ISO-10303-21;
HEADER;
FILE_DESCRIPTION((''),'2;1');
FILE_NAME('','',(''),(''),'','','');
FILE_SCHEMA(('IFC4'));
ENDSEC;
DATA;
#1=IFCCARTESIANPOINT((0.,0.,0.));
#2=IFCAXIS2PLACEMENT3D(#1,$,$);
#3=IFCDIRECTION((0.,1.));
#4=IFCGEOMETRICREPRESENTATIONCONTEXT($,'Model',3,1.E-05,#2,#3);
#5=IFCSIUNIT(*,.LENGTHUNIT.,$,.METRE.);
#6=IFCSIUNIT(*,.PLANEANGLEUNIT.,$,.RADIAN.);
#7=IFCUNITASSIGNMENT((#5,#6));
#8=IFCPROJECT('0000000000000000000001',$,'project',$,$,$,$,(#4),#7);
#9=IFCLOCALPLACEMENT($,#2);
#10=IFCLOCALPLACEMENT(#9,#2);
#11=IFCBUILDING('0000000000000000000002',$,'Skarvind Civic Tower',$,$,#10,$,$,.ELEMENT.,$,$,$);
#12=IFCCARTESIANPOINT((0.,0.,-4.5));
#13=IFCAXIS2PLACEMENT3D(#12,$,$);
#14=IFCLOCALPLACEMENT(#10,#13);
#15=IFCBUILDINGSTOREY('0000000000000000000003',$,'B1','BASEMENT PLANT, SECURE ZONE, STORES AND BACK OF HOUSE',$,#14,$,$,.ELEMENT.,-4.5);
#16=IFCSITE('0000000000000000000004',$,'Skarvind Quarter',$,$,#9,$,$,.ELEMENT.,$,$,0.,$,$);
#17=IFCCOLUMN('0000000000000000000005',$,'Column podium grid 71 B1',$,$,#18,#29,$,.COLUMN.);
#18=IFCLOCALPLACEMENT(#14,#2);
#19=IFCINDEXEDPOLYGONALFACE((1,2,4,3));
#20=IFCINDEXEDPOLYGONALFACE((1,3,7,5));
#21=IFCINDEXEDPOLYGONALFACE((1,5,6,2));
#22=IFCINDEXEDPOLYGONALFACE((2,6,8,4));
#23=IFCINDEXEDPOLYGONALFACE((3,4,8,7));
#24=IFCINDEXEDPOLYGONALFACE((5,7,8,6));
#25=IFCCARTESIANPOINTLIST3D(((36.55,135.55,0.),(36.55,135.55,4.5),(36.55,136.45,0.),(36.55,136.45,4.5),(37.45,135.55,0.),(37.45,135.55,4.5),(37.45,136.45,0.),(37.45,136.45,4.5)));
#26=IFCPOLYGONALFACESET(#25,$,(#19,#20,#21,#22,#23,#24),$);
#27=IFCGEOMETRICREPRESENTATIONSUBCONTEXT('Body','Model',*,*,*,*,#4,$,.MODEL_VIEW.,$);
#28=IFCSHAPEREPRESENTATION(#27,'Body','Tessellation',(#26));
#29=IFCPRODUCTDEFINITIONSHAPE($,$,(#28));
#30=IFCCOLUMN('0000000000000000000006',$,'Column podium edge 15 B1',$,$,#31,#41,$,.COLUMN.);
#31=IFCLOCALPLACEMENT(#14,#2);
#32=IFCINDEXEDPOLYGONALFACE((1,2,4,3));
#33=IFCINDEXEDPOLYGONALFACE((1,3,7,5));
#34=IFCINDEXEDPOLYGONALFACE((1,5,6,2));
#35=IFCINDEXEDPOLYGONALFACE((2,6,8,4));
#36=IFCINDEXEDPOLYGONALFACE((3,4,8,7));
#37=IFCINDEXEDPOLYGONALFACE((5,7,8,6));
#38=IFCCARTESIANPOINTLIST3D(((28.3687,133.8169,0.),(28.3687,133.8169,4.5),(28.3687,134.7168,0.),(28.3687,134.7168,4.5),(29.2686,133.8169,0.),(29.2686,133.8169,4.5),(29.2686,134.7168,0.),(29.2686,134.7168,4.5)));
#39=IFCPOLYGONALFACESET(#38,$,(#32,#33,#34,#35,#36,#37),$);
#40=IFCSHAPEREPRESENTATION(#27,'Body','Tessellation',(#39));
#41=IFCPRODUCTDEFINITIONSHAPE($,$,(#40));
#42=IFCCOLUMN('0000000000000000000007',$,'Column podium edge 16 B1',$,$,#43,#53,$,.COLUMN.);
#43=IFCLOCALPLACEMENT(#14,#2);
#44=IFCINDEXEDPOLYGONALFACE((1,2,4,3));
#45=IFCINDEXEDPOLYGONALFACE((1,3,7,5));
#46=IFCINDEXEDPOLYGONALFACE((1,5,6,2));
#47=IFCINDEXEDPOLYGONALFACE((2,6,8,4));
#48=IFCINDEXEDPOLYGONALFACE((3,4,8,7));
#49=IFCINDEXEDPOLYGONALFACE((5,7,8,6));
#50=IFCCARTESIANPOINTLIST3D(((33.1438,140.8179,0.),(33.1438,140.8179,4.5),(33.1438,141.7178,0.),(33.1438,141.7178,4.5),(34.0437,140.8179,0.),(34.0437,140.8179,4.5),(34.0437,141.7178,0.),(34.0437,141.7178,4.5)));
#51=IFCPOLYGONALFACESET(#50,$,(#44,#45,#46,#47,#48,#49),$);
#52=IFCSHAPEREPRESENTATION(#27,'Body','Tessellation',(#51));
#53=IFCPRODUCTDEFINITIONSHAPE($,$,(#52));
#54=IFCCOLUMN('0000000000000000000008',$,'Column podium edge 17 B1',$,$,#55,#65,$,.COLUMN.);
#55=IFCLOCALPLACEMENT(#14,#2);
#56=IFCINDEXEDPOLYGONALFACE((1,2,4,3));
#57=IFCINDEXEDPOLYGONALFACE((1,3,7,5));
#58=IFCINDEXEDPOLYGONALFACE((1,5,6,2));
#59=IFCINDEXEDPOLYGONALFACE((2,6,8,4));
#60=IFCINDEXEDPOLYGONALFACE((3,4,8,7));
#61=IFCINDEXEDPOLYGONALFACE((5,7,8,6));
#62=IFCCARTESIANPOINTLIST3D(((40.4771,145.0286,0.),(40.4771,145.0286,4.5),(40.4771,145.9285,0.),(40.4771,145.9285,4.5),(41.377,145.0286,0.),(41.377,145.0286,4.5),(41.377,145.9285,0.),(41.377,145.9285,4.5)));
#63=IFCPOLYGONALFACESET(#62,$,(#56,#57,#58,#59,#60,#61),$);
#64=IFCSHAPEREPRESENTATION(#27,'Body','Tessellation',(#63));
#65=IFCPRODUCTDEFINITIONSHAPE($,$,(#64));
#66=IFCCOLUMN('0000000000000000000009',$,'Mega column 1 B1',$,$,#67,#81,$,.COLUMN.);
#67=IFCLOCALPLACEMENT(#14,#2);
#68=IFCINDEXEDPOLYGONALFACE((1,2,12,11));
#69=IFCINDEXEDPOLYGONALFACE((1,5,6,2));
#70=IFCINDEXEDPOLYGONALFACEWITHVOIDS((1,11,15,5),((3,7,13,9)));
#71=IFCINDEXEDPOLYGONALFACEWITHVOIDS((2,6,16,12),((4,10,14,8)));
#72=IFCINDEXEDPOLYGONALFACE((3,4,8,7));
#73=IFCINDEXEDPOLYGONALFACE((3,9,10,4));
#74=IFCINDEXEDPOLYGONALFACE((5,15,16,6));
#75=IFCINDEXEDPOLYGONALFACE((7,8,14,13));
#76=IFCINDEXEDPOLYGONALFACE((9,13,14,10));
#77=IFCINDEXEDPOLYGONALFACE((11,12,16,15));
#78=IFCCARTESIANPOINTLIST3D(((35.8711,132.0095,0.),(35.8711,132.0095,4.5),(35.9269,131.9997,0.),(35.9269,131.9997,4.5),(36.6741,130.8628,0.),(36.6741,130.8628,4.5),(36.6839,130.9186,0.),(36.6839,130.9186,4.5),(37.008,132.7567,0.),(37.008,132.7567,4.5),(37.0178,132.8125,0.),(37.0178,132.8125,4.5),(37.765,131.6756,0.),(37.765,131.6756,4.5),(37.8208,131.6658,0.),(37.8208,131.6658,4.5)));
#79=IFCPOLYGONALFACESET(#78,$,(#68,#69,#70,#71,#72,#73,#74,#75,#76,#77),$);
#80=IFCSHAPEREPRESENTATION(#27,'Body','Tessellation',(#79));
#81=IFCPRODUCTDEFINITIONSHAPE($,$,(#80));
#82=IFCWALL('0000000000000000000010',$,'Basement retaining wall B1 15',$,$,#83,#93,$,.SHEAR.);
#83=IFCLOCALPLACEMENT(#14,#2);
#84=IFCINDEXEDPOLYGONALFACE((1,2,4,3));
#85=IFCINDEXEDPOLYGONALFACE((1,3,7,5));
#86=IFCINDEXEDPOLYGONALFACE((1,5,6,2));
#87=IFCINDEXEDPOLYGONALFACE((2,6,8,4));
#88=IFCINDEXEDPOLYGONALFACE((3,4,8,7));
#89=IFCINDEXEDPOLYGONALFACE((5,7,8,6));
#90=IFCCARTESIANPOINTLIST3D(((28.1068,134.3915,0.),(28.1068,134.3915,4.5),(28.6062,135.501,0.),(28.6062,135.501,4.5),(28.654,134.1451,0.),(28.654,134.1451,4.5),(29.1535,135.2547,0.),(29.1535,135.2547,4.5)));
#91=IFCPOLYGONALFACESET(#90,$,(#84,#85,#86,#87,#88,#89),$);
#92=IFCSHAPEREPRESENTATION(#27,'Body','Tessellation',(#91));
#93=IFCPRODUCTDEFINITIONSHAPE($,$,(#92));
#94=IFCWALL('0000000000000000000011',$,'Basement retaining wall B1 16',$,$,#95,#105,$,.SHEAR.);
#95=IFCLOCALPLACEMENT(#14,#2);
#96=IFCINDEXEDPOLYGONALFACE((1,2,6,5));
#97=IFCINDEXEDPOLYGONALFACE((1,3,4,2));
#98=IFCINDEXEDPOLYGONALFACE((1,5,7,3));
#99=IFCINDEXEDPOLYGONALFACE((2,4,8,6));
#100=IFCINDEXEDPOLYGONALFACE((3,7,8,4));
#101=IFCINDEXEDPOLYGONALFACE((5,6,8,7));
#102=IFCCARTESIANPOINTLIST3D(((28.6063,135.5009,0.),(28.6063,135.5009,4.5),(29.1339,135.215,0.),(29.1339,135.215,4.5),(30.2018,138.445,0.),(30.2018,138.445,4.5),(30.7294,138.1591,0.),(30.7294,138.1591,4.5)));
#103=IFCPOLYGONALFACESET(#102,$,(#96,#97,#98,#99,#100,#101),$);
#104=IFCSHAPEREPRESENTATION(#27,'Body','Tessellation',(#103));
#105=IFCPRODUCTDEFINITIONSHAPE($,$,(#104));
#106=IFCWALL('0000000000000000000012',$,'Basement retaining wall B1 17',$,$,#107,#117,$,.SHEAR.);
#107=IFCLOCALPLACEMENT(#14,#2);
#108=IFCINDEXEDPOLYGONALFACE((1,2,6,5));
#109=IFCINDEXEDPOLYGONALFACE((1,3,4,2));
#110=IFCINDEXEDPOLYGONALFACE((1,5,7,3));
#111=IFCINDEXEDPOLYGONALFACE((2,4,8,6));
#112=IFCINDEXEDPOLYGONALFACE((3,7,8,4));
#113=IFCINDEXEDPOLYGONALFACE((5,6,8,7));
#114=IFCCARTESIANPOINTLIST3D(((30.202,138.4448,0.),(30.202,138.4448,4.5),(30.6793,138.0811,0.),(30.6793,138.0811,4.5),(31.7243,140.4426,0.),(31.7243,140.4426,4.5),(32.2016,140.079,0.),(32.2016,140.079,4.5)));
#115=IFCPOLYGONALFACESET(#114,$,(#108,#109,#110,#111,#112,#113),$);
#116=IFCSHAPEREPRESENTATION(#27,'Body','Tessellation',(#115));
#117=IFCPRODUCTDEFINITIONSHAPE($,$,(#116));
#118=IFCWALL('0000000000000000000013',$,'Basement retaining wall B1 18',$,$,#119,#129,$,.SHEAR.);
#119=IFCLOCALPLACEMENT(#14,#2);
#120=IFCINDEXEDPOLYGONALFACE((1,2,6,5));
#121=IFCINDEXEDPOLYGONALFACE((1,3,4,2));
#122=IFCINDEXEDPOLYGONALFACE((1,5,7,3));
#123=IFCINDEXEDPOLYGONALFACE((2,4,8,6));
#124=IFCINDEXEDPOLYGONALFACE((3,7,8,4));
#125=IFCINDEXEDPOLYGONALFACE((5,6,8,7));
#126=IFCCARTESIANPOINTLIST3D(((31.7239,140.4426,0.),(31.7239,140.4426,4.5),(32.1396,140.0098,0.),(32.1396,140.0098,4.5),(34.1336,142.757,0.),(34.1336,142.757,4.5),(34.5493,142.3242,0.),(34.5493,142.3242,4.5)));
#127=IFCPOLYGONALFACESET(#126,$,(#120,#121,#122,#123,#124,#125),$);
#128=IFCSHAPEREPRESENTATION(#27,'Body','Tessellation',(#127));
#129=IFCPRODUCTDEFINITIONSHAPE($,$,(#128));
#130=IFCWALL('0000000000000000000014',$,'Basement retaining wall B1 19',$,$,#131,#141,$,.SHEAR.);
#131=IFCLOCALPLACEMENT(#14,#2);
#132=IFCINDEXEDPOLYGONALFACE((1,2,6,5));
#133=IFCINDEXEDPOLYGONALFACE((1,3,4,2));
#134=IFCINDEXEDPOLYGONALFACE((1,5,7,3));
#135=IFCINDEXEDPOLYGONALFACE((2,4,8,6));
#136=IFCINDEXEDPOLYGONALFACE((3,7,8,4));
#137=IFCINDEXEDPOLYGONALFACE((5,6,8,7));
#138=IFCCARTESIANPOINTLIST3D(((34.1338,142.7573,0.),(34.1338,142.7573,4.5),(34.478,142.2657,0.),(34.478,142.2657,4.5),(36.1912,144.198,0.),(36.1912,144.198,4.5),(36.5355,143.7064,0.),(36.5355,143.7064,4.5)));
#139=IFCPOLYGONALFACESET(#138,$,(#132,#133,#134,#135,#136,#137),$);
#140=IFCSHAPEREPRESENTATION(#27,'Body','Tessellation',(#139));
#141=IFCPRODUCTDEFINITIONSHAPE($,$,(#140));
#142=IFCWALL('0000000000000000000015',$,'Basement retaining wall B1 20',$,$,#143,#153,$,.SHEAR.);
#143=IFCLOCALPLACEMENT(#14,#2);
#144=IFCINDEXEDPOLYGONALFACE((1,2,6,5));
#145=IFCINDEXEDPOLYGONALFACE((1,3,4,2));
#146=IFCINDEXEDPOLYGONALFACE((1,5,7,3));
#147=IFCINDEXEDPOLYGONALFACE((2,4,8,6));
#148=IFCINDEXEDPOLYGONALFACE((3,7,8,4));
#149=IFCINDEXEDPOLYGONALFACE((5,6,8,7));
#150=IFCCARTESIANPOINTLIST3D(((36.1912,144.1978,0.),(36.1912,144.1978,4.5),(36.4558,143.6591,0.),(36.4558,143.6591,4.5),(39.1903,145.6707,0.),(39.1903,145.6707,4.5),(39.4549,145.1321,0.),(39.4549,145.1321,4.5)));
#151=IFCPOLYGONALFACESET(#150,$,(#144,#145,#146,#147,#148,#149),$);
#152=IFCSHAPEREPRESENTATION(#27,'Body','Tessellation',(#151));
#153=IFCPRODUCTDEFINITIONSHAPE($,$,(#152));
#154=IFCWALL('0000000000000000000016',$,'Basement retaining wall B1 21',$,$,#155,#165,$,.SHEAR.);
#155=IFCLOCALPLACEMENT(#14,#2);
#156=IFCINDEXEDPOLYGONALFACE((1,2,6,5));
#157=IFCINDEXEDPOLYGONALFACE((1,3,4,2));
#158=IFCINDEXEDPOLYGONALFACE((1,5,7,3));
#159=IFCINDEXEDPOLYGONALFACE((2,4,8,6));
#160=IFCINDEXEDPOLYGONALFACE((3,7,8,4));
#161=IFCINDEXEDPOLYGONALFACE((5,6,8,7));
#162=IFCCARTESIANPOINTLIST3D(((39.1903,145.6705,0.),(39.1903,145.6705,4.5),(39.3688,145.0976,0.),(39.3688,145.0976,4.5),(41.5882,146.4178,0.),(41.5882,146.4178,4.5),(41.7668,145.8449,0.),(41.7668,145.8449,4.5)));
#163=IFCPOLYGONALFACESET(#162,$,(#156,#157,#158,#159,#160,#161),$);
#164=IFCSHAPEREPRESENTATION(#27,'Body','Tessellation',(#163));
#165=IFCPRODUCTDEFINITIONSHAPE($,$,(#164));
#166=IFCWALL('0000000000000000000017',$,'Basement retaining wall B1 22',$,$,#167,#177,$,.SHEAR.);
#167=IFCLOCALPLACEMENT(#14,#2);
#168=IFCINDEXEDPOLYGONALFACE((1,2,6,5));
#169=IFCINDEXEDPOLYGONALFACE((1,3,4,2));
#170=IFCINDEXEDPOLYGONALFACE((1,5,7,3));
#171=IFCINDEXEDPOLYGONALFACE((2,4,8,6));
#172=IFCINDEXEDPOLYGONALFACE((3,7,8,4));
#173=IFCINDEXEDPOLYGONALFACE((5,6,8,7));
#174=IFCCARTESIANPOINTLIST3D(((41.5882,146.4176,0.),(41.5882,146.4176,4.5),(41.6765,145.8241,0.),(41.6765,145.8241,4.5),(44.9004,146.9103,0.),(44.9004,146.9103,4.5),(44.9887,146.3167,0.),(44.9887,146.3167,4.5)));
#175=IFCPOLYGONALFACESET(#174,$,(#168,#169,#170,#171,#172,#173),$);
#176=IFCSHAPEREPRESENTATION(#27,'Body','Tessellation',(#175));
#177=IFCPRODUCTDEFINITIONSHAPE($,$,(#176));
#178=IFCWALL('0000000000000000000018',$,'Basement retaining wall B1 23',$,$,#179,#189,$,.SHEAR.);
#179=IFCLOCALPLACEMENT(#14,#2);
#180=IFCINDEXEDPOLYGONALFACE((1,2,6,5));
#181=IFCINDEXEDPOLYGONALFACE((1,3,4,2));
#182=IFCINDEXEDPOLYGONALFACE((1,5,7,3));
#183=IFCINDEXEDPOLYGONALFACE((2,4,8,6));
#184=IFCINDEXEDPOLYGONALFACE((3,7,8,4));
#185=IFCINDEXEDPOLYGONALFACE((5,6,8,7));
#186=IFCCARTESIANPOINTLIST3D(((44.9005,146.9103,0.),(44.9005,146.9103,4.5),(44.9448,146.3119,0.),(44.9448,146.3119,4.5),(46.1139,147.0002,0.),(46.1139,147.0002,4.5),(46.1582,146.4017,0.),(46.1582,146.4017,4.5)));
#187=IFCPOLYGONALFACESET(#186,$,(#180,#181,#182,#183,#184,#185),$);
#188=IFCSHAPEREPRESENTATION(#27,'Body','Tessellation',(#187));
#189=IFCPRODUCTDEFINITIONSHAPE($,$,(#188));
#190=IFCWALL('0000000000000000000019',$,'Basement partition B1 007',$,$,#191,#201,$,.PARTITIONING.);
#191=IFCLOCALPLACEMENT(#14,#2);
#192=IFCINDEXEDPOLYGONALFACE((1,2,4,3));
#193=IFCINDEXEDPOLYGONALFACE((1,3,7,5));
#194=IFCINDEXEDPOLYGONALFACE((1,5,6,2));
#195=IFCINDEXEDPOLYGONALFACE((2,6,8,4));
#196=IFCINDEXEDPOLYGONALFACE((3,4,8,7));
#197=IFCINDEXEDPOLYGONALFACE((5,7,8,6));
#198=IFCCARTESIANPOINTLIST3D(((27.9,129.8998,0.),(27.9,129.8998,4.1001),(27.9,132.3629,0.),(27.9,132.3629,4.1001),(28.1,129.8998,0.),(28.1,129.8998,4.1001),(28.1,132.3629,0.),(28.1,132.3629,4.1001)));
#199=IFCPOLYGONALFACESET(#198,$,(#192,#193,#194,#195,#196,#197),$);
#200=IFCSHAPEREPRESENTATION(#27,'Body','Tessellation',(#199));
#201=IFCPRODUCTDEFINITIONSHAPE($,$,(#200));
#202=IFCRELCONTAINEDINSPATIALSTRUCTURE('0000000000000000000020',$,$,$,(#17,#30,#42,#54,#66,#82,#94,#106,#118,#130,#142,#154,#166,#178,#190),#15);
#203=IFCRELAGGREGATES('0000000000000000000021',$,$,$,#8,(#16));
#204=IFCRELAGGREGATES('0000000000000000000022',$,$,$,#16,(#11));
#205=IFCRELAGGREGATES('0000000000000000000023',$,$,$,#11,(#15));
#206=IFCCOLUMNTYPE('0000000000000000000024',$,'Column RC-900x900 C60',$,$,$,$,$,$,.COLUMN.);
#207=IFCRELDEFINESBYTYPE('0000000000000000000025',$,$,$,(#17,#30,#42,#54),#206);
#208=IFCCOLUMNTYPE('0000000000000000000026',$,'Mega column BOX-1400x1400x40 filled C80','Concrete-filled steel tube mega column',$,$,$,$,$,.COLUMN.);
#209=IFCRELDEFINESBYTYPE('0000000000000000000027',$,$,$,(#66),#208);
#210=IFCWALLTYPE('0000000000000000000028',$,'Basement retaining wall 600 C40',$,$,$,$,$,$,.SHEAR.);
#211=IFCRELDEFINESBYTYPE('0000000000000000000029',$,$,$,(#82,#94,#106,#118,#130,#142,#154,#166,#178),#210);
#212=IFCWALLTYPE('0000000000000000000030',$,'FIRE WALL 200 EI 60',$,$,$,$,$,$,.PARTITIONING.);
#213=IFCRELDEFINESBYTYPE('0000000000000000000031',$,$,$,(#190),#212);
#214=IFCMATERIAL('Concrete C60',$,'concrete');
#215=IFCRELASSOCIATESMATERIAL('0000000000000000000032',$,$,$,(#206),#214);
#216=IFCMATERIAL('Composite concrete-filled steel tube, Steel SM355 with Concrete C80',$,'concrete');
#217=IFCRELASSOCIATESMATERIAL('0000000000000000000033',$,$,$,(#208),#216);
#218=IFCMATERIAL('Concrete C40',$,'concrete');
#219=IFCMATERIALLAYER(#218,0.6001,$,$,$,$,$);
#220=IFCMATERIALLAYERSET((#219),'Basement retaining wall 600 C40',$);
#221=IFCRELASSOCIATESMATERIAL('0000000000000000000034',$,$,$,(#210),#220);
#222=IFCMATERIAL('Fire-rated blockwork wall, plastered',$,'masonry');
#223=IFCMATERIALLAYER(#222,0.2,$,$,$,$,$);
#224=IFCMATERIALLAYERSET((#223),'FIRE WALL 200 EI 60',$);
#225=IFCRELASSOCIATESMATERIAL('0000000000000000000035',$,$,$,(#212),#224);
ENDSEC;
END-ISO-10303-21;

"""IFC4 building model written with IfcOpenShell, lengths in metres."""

from ifc_helpers import new_model, si_unit, direction, frame, frame_2d, origin, origin_2d, place, context, subcontext, project, spatial, rectangle, hollow_rectangle, extrude, material, layer, layer_set, material_profile, profile_set, type_object, element, save


model = new_model("IFC4")

# Units and contexts
model_context = context("Model", 3, precision=1e-05, world=origin(), true_north=direction((0.0, 1.0)))
body_context = subcontext(model_context, "Body", "Model", "MODEL_VIEW")
ifc_project = project(units=[si_unit("LENGTHUNIT", "METRE"), si_unit("PLANEANGLEUNIT", "RADIAN")], contexts=[model_context])

# Site, building, storey
site_placement = place(None, origin())
site = spatial("IfcSite", under=ifc_project, at=site_placement, Name="Skarvind Quarter", CompositionType="ELEMENT", RefElevation=0.0)
building_placement = place(site_placement, origin())
building = spatial("IfcBuilding", under=site, at=building_placement, Name="Skarvind Civic Tower", CompositionType="ELEMENT")
storey_placement = place(building_placement, frame((0.0, 0.0, -4.5)))
storey = spatial("IfcBuildingStorey", under=building, at=storey_placement, Name="B1", Description="BASEMENT PLANT, SECURE ZONE, STORES AND BACK OF HOUSE", CompositionType="ELEMENT", Elevation=-4.5)

# Columns
ifc_material_1 = material(Name="Concrete C60", Category="concrete")
ifc_material_profile_1 = material_profile(ifc_material_1, rectangle(XDim=0.8999, YDim=0.8999, at=origin_2d()), Name="RC-900x900")
ifc_profile_set_1 = profile_set([ifc_material_profile_1], Name="Concrete C60")
column_type_1 = type_object("IfcColumnType", Name="Column RC-900x900 C60", PredefinedType="COLUMN", material=ifc_profile_set_1)
for number, where, z_axis, x_axis, name in (
    (1, (37.0, 136.0, 0.0), (0.0, 0.0, 1.0), (1.0, 0.0, 0.0), "Column podium grid 71 B1"),
    (2, (28.8186, 134.2668, 0.0), (0.0, 0.0, 1.0), (1.0, 0.0, 0.0), "Column podium edge 15 B1"),
    (3, (33.5938, 141.2678, 0.0), (0.0, 0.0, 1.0), (1.0, 0.0, 0.0), "Column podium edge 16 B1"),
    (4, (40.927, 145.4785, 0.0), (0.0, 0.0, 1.0), (1.0, 0.0, 0.0), "Column podium edge 17 B1"),
):
    element("IfcColumn", number, at=place(storey_placement, frame(where, z_axis=z_axis, x_axis=x_axis)), inside=storey, type_object=column_type_1, Name=name, PredefinedType="COLUMN", context=body_context, shape_type="SweptSolid", body=[
        extrude(rectangle(XDim=0.8999, YDim=0.8999, at=origin_2d()), origin(), (0.0, 0.0, 1.0), 4.5),
    ])
ifc_material_2 = material(Name="Composite concrete-filled steel tube, Steel SM355 with Concrete C80", Category="concrete")
ifc_material_profile_2 = material_profile(ifc_material_2, hollow_rectangle(XDim=1.3999, YDim=1.3999, WallThickness=0.04, at=origin_2d()), Name="BOX-1400x1400x40")
ifc_profile_set_2 = profile_set([ifc_material_profile_2], Name="Composite concrete-filled steel tube, Steel SM355 with Concrete C80")
column_type_2 = type_object("IfcColumnType", Name="Mega column BOX-1400x1400x40 filled C80", Description="Concrete-filled steel tube mega column", PredefinedType="COLUMN", material=ifc_profile_set_2)
column_placement = place(storey_placement, frame((36.8459, 131.8376, 0.0), z_axis=(0.0, 0.0, 1.0), x_axis=(0.573576, -0.819152, 0.0)))
element("IfcColumn", 5, at=column_placement, inside=storey, type_object=column_type_2, Name="Mega column 1 B1", PredefinedType="COLUMN", context=body_context, shape_type="SweptSolid", body=[
    extrude(hollow_rectangle(XDim=1.3999, YDim=1.3999, WallThickness=0.04, at=origin_2d()), origin(), (0.0, 0.0, 1.0), 4.5),
])

# Walls
ifc_material_3 = material(Name="Concrete C40", Category="concrete")
ifc_layer_1 = layer(ifc_material_3, 0.6001)
ifc_layer_set_1 = layer_set([ifc_layer_1], Name="Basement retaining wall 600 C40")
wall_type_1 = type_object("IfcWallType", Name="Basement retaining wall 600 C40", PredefinedType="SHEAR", material=ifc_layer_set_1)
wall_1_placement = place(storey_placement, frame((28.3804, 134.2683, 0.0), z_axis=(0.0, 0.0, 1.0), x_axis=(0.41049, 0.911865, 0.0)))
element("IfcWall", 6, at=wall_1_placement, inside=storey, type_object=wall_type_1, Name="Basement retaining wall B1 15", PredefinedType="SHEAR", context=body_context, shape_type="SweptSolid", body=[
    extrude(rectangle(XDim=1.2168, YDim=0.6001, at=frame_2d((0.6084, 0.0))), origin(), (0.0, 0.0, 1.0), 4.5),
])
wall_2_placement = place(storey_placement, frame((28.8701, 135.3579, 0.0), z_axis=(0.0, 0.0, 1.0), x_axis=(0.476455, 0.879199, 0.0)))
element("IfcWall", 7, at=wall_2_placement, inside=storey, type_object=wall_type_1, Name="Basement retaining wall B1 16", PredefinedType="SHEAR", context=body_context, shape_type="SweptSolid", body=[
    extrude(rectangle(XDim=3.3486, YDim=0.6001, at=frame_2d((1.6743, 0.0))), origin(), (0.0, 0.0, 1.0), 4.5),
])
wall_3_placement = place(storey_placement, frame((30.4407, 138.2629, 0.0), z_axis=(0.0, 0.0, 1.0), x_axis=(0.606064, 0.795416, 0.0)))
element("IfcWall", 8, at=wall_3_placement, inside=storey, type_object=wall_type_1, Name="Basement retaining wall B1 17", PredefinedType="SHEAR", context=body_context, shape_type="SweptSolid", body=[
    extrude(rectangle(XDim=2.5117, YDim=0.6001, at=frame_2d((1.2559, 0.0))), origin(), (0.0, 0.0, 1.0), 4.5),
])
wall_4_placement = place(storey_placement, frame((31.9319, 140.2263, 0.0), z_axis=(0.0, 0.0, 1.0), x_axis=(0.721212, 0.692714, 0.0)))
element("IfcWall", 9, at=wall_4_placement, inside=storey, type_object=wall_type_1, Name="Basement retaining wall B1 18", PredefinedType="SHEAR", context=body_context, shape_type="SweptSolid", body=[
    extrude(rectangle(XDim=3.3411, YDim=0.6001, at=frame_2d((1.6704, 0.0))), origin(), (0.0, 0.0, 1.0), 4.5),
])
wall_5_placement = place(storey_placement, frame((34.3059, 142.5115, 0.0), z_axis=(0.0, 0.0, 1.0), x_axis=(0.819136, 0.573599, 0.0)))
element("IfcWall", 10, at=wall_5_placement, inside=storey, type_object=wall_type_1, Name="Basement retaining wall B1 19", PredefinedType="SHEAR", context=body_context, shape_type="SweptSolid", body=[
    extrude(rectangle(XDim=2.5117, YDim=0.6001, at=frame_2d((1.2559, 0.0))), origin(), (0.0, 0.0, 1.0), 4.5),
])
wall_6_placement = place(storey_placement, frame((36.3235, 143.9285, 0.0), z_axis=(0.0, 0.0, 1.0), x_axis=(0.89759, 0.440831, 0.0)))
element("IfcWall", 11, at=wall_6_placement, inside=storey, type_object=wall_type_1, Name="Basement retaining wall B1 20", PredefinedType="SHEAR", context=body_context, shape_type="SweptSolid", body=[
    extrude(rectangle(XDim=3.3413, YDim=0.6001, at=frame_2d((1.6707, 0.0))), origin(), (0.0, 0.0, 1.0), 4.5),
])
wall_7_placement = place(storey_placement, frame((39.2795, 145.384, 0.0), z_axis=(0.0, 0.0, 1.0), x_axis=(0.954711, 0.297533, 0.0)))
element("IfcWall", 12, at=wall_7_placement, inside=storey, type_object=wall_type_1, Name="Basement retaining wall B1 21", PredefinedType="SHEAR", context=body_context, shape_type="SweptSolid", body=[
    extrude(rectangle(XDim=2.5117, YDim=0.6001, at=frame_2d((1.2559, 0.0))), origin(), (0.0, 0.0, 1.0), 4.5),
])
wall_8_placement = place(storey_placement, frame((41.6323, 146.1208, 0.0), z_axis=(0.0, 0.0, 1.0), x_axis=(0.989118, 0.147125, 0.0)))
element("IfcWall", 13, at=wall_8_placement, inside=storey, type_object=wall_type_1, Name="Basement retaining wall B1 22", PredefinedType="SHEAR", context=body_context, shape_type="SweptSolid", body=[
    extrude(rectangle(XDim=3.3486, YDim=0.6001, at=frame_2d((1.6743, 0.0))), origin(), (0.0, 0.0, 1.0), 4.5),
])
wall_9_placement = place(storey_placement, frame((44.9226, 146.6111, 0.0), z_axis=(0.0, 0.0, 1.0), x_axis=(0.99727, 0.073842, 0.0)))
element("IfcWall", 14, at=wall_9_placement, inside=storey, type_object=wall_type_1, Name="Basement retaining wall B1 23", PredefinedType="SHEAR", context=body_context, shape_type="SweptSolid", body=[
    extrude(rectangle(XDim=1.2168, YDim=0.6001, at=frame_2d((0.6084, 0.0))), origin(), (0.0, 0.0, 1.0), 4.5),
])
ifc_material_4 = material(Name="Fire-rated blockwork wall, plastered", Category="masonry")
ifc_layer_2 = layer(ifc_material_4, 0.2)
ifc_layer_set_2 = layer_set([ifc_layer_2], Name="FIRE WALL 200 EI 60")
wall_type_2 = type_object("IfcWallType", Name="FIRE WALL 200 EI 60", PredefinedType="PARTITIONING", material=ifc_layer_set_2)
wall_10_placement = place(storey_placement, frame((28.0, 129.8999, 0.0), z_axis=(0.0, 0.0, 1.0), x_axis=(0.0, 1.0, 0.0)))
element("IfcWall", 15, at=wall_10_placement, inside=storey, type_object=wall_type_2, Name="Basement partition B1 007", PredefinedType="PARTITIONING", context=body_context, shape_type="SweptSolid", body=[
    extrude(rectangle(XDim=2.4631, YDim=0.2, at=frame_2d((1.2314, 0.0))), origin(), (0.0, 0.0, 1.0), 4.1001),
])

save(model, "model.ifc")
